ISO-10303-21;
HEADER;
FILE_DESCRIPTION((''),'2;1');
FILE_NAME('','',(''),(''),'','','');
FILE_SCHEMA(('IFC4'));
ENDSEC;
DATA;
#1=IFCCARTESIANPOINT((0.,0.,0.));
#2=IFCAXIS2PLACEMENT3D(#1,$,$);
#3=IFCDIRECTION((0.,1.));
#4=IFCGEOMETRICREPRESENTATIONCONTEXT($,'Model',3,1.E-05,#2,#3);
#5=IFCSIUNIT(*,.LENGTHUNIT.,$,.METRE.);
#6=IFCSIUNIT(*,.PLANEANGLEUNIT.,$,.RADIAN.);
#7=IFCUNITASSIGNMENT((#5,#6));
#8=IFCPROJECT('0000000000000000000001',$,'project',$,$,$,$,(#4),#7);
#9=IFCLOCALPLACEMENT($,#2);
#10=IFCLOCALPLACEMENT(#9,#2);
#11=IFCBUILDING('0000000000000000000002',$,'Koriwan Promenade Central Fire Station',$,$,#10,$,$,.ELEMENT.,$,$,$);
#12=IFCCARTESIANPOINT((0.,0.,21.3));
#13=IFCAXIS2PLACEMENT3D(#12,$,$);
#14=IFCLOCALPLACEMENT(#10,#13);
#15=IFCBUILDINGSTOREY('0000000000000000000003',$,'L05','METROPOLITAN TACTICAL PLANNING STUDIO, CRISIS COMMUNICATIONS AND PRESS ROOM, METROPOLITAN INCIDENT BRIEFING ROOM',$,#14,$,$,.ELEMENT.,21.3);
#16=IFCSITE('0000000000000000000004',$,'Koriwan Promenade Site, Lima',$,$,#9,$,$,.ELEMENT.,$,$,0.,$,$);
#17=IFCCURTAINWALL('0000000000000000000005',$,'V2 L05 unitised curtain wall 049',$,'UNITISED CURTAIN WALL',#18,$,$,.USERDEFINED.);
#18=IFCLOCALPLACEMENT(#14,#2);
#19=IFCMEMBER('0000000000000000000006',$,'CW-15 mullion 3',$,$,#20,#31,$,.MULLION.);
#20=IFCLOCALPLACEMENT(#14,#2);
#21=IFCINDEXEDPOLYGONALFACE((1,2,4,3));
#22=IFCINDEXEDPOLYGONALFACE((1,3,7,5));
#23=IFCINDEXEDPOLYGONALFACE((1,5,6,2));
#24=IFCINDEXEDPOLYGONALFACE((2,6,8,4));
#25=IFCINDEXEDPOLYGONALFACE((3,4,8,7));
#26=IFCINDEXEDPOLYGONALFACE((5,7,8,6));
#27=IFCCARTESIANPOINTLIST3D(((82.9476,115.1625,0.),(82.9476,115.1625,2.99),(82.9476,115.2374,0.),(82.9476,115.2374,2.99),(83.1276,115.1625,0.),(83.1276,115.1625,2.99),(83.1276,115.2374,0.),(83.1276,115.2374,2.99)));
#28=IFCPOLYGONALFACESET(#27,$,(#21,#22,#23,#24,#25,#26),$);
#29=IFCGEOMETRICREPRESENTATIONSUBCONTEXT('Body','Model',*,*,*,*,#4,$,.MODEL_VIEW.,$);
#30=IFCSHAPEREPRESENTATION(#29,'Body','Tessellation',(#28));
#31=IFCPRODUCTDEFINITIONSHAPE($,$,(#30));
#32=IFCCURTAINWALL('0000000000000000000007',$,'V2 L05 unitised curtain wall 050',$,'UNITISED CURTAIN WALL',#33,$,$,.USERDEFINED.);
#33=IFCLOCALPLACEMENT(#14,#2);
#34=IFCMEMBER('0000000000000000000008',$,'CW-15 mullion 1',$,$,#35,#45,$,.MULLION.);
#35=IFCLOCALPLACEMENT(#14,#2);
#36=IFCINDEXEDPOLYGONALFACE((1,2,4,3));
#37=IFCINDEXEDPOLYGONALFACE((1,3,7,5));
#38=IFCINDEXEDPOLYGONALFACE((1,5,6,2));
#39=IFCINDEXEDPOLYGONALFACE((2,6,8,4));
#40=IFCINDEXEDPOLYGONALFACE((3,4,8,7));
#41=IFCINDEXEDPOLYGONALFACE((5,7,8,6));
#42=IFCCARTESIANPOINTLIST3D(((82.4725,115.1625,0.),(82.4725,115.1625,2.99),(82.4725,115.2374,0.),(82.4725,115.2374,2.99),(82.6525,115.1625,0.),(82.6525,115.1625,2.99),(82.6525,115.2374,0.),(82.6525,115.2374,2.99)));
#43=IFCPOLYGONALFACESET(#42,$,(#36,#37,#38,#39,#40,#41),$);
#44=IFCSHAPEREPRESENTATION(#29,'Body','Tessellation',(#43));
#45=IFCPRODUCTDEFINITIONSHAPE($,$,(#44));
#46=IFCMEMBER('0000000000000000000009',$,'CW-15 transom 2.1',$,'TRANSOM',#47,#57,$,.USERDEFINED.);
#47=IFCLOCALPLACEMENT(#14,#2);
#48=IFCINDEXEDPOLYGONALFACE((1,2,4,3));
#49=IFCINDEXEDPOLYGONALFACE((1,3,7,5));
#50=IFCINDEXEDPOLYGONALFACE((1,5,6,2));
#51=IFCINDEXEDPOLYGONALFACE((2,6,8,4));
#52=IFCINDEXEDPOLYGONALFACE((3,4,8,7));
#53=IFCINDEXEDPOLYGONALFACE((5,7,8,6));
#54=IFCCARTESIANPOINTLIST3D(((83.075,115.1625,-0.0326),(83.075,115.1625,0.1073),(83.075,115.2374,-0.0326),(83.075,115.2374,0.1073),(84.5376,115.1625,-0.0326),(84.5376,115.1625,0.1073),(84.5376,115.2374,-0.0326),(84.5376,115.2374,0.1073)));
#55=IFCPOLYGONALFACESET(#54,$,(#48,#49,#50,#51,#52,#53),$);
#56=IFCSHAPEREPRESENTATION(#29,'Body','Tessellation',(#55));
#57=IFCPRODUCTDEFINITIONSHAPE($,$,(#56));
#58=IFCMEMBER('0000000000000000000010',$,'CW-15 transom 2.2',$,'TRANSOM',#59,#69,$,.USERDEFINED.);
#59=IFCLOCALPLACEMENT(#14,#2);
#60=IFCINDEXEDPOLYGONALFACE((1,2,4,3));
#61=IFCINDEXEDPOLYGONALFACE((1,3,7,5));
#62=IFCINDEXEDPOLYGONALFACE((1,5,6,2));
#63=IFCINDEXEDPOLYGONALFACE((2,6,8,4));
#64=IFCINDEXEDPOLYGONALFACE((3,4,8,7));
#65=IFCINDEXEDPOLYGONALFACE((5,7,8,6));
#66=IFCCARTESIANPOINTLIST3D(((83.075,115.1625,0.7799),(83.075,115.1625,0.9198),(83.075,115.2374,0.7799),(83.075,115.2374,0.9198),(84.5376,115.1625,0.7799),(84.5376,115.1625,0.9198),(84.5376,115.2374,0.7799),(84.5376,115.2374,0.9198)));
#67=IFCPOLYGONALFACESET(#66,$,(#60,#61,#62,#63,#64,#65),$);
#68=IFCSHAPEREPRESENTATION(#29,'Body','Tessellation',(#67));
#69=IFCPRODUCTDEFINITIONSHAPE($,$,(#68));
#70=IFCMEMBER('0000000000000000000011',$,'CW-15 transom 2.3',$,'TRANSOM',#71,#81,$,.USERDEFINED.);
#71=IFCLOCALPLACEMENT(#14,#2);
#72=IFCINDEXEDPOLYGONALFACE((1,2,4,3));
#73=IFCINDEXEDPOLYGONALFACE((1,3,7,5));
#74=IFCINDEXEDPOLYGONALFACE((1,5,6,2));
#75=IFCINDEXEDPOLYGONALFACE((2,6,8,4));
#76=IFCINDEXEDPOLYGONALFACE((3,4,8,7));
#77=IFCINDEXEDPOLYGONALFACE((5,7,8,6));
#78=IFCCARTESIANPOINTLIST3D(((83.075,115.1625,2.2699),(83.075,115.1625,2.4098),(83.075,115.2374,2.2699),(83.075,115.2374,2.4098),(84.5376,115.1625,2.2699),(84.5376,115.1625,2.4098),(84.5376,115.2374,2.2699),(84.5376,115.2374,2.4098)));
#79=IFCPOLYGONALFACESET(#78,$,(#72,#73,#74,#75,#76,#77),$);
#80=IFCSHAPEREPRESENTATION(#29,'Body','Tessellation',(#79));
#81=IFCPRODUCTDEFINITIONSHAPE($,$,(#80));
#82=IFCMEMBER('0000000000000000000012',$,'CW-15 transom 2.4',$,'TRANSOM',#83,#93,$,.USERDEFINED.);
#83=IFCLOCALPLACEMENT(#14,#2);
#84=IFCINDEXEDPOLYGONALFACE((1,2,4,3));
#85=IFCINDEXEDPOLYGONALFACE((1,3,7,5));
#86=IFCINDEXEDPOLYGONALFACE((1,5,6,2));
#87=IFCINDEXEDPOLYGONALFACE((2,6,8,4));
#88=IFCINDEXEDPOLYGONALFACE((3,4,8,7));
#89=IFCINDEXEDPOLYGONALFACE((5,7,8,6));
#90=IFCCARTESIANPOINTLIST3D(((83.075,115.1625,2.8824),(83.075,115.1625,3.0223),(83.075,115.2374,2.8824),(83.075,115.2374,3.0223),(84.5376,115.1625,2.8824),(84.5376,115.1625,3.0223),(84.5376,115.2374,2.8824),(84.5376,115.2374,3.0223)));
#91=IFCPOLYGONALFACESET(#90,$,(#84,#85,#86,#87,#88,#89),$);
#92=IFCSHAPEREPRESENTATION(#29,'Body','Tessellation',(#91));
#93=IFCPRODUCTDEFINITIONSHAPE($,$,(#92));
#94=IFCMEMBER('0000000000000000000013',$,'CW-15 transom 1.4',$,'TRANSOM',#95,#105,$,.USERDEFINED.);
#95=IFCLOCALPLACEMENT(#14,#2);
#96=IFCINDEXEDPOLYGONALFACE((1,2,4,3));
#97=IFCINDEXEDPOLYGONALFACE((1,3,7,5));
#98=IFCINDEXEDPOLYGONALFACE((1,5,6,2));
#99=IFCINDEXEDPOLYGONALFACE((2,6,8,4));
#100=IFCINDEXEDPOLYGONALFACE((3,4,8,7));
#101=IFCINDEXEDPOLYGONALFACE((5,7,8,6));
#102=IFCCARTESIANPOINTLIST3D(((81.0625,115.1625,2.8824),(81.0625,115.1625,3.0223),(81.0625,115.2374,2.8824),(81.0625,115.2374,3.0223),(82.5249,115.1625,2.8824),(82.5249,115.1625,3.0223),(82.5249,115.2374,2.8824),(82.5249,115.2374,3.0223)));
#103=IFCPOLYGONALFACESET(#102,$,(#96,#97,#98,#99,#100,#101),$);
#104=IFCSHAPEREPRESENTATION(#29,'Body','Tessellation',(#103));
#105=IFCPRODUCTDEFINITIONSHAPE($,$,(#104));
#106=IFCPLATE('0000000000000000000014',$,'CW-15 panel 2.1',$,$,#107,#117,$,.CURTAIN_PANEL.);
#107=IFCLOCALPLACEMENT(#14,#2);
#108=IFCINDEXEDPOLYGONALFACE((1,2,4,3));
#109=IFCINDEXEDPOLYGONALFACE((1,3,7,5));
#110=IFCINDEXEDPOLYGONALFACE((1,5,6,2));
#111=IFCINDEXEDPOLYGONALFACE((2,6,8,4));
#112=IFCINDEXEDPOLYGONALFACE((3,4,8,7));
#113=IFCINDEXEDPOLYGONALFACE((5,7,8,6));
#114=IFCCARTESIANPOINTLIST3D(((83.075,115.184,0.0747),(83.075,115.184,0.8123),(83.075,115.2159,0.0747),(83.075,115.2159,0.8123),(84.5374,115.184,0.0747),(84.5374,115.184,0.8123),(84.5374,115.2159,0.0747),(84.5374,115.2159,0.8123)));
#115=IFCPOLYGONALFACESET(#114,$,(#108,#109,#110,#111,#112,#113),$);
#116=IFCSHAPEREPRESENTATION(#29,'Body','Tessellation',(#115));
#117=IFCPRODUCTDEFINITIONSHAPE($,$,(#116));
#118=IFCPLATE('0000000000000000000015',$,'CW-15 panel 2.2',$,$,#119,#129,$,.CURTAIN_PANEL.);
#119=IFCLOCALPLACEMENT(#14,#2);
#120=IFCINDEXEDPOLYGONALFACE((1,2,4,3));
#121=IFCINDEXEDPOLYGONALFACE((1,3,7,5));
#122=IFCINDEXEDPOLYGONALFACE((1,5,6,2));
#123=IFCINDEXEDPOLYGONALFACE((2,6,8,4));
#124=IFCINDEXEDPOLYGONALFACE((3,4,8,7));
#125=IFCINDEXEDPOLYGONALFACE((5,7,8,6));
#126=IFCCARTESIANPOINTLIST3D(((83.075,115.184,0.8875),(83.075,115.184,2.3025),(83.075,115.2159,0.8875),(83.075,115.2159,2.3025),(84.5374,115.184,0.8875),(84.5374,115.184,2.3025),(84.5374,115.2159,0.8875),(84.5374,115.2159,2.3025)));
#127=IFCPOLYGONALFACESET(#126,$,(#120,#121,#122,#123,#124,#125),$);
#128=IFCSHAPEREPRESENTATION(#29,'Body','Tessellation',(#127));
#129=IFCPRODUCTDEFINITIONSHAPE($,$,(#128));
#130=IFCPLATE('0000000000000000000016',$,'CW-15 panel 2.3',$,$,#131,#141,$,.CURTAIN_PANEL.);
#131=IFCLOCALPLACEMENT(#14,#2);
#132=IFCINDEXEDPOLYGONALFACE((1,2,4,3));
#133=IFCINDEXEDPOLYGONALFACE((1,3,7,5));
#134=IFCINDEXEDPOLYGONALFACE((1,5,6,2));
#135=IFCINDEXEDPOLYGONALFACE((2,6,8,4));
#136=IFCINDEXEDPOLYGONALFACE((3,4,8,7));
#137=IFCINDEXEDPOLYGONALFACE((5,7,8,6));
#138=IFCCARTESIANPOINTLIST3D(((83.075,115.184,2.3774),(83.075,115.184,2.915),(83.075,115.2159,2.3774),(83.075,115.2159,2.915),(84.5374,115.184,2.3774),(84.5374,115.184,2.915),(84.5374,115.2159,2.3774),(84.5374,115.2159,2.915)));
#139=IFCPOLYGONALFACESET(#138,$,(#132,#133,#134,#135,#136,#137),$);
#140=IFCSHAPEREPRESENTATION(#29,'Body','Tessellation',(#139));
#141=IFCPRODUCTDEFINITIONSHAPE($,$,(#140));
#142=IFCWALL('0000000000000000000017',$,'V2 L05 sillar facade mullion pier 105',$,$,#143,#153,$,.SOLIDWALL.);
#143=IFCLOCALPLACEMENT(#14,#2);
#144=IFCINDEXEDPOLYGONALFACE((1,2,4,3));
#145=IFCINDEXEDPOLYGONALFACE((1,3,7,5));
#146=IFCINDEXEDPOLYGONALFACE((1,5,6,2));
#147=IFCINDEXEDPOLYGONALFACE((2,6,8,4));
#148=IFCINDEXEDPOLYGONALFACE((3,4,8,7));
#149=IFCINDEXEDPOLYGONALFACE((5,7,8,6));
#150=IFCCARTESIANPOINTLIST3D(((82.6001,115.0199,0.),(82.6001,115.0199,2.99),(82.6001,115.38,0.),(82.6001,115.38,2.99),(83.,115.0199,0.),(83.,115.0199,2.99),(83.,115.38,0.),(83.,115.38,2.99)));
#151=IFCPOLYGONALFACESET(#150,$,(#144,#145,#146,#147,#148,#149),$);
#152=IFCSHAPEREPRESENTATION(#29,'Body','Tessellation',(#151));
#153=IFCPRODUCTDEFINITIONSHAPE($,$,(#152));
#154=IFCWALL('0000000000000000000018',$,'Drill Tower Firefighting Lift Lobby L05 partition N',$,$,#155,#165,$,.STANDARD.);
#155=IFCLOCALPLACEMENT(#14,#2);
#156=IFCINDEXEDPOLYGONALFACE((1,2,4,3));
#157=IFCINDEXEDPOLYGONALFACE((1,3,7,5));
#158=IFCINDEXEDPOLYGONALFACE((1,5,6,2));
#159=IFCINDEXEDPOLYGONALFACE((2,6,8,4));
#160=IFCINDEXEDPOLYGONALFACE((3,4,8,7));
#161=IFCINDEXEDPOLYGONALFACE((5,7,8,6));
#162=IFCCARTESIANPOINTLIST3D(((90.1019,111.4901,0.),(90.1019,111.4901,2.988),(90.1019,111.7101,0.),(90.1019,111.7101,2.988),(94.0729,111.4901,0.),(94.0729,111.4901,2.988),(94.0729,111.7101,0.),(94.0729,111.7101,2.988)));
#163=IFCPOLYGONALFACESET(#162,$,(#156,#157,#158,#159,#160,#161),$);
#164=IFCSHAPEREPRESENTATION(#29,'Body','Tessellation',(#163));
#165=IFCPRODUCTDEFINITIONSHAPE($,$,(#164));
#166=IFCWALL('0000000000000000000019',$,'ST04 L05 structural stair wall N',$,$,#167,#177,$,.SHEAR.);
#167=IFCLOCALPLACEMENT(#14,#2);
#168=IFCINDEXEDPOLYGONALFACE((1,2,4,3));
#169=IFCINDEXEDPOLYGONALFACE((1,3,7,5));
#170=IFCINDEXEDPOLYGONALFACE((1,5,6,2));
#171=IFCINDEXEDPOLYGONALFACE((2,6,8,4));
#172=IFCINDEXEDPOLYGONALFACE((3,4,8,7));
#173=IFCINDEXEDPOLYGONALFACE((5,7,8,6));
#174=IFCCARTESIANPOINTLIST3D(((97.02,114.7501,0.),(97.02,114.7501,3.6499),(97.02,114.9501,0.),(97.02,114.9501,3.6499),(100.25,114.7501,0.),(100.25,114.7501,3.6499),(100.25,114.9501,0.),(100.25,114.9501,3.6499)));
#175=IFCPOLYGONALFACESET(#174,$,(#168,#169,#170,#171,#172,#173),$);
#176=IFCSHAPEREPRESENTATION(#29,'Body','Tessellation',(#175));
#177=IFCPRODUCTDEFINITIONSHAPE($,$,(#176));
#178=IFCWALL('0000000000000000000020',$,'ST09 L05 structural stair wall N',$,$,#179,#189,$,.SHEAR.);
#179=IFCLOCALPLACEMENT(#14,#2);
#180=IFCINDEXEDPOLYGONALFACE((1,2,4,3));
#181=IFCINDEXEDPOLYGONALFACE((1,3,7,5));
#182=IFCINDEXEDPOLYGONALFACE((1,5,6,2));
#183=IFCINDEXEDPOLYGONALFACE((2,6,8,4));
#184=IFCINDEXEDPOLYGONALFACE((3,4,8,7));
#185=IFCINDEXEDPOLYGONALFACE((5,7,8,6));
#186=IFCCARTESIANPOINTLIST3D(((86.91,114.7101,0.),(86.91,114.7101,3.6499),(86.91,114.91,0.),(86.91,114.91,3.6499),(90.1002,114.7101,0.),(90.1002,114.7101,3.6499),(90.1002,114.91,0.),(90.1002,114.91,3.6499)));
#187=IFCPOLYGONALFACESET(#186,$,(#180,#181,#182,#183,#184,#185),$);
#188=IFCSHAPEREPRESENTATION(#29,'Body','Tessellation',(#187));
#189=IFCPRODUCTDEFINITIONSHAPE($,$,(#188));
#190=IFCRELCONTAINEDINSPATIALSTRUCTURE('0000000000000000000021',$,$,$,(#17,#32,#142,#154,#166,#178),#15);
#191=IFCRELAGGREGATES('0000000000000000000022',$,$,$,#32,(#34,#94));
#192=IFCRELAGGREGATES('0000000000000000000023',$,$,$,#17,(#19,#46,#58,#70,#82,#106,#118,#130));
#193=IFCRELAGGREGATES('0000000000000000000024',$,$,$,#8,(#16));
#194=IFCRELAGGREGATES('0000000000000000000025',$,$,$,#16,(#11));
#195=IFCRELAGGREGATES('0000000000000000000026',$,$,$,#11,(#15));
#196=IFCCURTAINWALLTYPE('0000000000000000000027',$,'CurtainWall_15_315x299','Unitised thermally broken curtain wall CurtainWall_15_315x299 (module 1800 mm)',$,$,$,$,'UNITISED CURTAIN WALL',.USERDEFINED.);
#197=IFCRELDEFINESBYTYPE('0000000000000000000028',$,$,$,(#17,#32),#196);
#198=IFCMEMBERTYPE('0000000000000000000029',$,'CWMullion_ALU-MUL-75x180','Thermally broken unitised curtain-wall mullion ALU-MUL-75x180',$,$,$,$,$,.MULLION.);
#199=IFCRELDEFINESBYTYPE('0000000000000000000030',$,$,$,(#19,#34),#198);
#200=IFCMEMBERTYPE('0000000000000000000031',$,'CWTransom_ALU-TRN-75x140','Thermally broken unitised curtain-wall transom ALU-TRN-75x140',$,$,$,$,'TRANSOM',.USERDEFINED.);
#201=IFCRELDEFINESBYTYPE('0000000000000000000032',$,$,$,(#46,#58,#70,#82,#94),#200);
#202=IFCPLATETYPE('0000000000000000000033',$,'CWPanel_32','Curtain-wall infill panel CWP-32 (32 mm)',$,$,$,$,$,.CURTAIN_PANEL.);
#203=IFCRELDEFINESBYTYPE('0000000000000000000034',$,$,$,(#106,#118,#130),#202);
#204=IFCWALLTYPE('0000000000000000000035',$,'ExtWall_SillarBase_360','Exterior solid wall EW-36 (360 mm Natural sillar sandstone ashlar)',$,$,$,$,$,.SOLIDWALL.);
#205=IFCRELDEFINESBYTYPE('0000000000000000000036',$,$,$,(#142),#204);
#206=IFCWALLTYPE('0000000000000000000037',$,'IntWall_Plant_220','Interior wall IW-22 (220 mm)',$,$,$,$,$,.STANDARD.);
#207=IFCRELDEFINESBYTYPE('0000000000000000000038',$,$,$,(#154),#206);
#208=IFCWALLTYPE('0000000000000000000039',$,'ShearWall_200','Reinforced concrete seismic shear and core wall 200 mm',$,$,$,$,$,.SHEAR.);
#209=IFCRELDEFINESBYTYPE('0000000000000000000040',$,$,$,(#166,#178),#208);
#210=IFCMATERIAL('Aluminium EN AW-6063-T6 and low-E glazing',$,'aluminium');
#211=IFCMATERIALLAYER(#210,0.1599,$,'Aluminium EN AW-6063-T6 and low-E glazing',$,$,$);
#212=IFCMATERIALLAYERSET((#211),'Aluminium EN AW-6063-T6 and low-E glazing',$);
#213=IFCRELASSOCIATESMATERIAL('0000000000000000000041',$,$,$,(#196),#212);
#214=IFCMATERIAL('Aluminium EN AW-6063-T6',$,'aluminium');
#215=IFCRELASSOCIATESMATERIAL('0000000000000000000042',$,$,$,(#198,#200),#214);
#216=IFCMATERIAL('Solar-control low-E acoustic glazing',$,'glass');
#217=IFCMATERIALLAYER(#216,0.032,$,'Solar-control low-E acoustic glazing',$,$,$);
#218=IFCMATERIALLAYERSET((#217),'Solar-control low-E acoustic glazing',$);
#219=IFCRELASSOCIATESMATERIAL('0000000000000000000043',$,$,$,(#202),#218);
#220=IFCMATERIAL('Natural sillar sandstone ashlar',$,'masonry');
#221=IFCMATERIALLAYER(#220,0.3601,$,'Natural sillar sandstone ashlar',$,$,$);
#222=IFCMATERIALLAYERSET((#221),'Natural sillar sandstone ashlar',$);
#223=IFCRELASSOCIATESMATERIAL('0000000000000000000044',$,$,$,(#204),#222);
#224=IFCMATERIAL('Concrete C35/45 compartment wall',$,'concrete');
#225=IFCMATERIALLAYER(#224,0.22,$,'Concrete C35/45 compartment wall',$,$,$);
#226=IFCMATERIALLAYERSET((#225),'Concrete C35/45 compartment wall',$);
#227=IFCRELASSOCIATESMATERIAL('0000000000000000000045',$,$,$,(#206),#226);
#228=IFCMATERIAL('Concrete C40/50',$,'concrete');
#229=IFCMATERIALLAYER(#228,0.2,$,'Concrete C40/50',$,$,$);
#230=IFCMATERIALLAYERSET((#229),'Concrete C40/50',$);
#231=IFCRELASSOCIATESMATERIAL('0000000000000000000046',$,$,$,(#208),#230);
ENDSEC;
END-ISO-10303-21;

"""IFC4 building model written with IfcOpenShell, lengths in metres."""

from ifc_helpers import new_model, si_unit, direction, frame, frame_2d, origin, origin_2d, place, context, subcontext, project, spatial, rectangle, extrude, material, layer, layer_set, material_profile, profile_set, type_object, element, aggregate, save


model = new_model("IFC4")

# Units and contexts
model_context = context("Model", 3, precision=1e-05, world=origin(), true_north=direction((0.0, 1.0)))
body_context = subcontext(model_context, "Body", "Model", "MODEL_VIEW")
ifc_project = project(units=[si_unit("LENGTHUNIT", "METRE"), si_unit("PLANEANGLEUNIT", "RADIAN")], contexts=[model_context])

# Site, building, storey
site_placement = place(None, origin())
site = spatial("IfcSite", under=ifc_project, at=site_placement, Name="Koriwan Promenade Site, Lima", CompositionType="ELEMENT", RefElevation=0.0)
building_placement = place(site_placement, origin())
building = spatial("IfcBuilding", under=site, at=building_placement, Name="Koriwan Promenade Central Fire Station", CompositionType="ELEMENT")
storey_placement = place(building_placement, frame((0.0, 0.0, 21.3)))
storey = spatial("IfcBuildingStorey", under=building, at=storey_placement, Name="L05", Description="METROPOLITAN TACTICAL PLANNING STUDIO, CRISIS COMMUNICATIONS AND PRESS ROOM, METROPOLITAN INCIDENT BRIEFING ROOM", CompositionType="ELEMENT", Elevation=21.3)

# Curtain walls, members
ifc_material_1 = material(Name="Aluminium EN AW-6063-T6 and low-E glazing", Category="aluminium")
ifc_layer_1 = layer(ifc_material_1, 0.1599, Name="Aluminium EN AW-6063-T6 and low-E glazing")
ifc_layer_set_1 = layer_set([ifc_layer_1], Name="Aluminium EN AW-6063-T6 and low-E glazing")
curtain_wall_type = type_object("IfcCurtainWallType", Name="CurtainWall_15_315x299", Description="Unitised thermally broken curtain wall CurtainWall_15_315x299 (module 1800 mm)", ElementType="UNITISED CURTAIN WALL", PredefinedType="USERDEFINED", material=ifc_layer_set_1)
curtain_wall_1_placement = place(storey_placement, origin())
curtain_wall_1 = element("IfcCurtainWall", 1, at=curtain_wall_1_placement, inside=storey, type_object=curtain_wall_type, Name="V2 L05 unitised curtain wall 049", ObjectType="UNITISED CURTAIN WALL", PredefinedType="USERDEFINED")
ifc_material_2 = material(Name="Aluminium EN AW-6063-T6", Category="aluminium")
ifc_material_profile_1 = material_profile(ifc_material_2, rectangle(XDim=0.075, YDim=0.1799, at=origin_2d()), Name="ALU-MUL-75x180")
ifc_profile_set_1 = profile_set([ifc_material_profile_1], Name="Aluminium EN AW-6063-T6")
member_type_1 = type_object("IfcMemberType", Name="CWMullion_ALU-MUL-75x180", Description="Thermally broken unitised curtain-wall mullion ALU-MUL-75x180", PredefinedType="MULLION", material=ifc_profile_set_1)
member_1_placement = place(storey_placement, frame((83.0376, 115.2, 0.0), z_axis=(0.0, 0.0, 1.0), x_axis=(0.0, -1.0, 0.0)))
member_1 = element("IfcMember", 2, at=member_1_placement, type_object=member_type_1, Name="CW-15 mullion 3", PredefinedType="MULLION", context=body_context, shape_type="SweptSolid", body=[
    extrude(rectangle(XDim=0.075, YDim=0.1799, at=origin_2d()), origin(), (0.0, 0.0, 1.0), 2.99),
])
curtain_wall_2_placement = place(storey_placement, origin())
curtain_wall_2 = element("IfcCurtainWall", 3, at=curtain_wall_2_placement, inside=storey, type_object=curtain_wall_type, Name="V2 L05 unitised curtain wall 050", ObjectType="UNITISED CURTAIN WALL", PredefinedType="USERDEFINED")
member_2_placement = place(storey_placement, frame((82.5625, 115.2, 0.0), z_axis=(0.0, 0.0, 1.0), x_axis=(0.0, -1.0, 0.0)))
member_2 = element("IfcMember", 4, at=member_2_placement, type_object=member_type_1, Name="CW-15 mullion 1", PredefinedType="MULLION", context=body_context, shape_type="SweptSolid", body=[
    extrude(rectangle(XDim=0.075, YDim=0.1799, at=origin_2d()), origin(), (0.0, 0.0, 1.0), 2.99),
])

# Members
ifc_material_profile_2 = material_profile(ifc_material_2, rectangle(XDim=0.075, YDim=0.1399, at=origin_2d()), Name="ALU-TRN-75x140")
ifc_profile_set_2 = profile_set([ifc_material_profile_2], Name="Aluminium EN AW-6063-T6")
member_type_2 = type_object("IfcMemberType", Name="CWTransom_ALU-TRN-75x140", Description="Thermally broken unitised curtain-wall transom ALU-TRN-75x140", ElementType="TRANSOM", PredefinedType="USERDEFINED", material=ifc_profile_set_2)
member_3_placement = place(storey_placement, frame((84.5376, 115.2, 0.0374), z_axis=(-1.0, 0.0, 0.0), x_axis=(0.0, -1.0, 0.0)))
member_3 = element("IfcMember", 5, at=member_3_placement, type_object=member_type_2, Name="CW-15 transom 2.1", ObjectType="TRANSOM", PredefinedType="USERDEFINED", context=body_context, shape_type="SweptSolid", body=[
    extrude(rectangle(XDim=0.075, YDim=0.1399, at=origin_2d()), origin(), (0.0, 0.0, 1.0), 1.4626),
])
member_4_placement = place(storey_placement, frame((84.5376, 115.2, 0.8499), z_axis=(-1.0, 0.0, 0.0), x_axis=(0.0, -1.0, 0.0)))
member_4 = element("IfcMember", 6, at=member_4_placement, type_object=member_type_2, Name="CW-15 transom 2.2", ObjectType="TRANSOM", PredefinedType="USERDEFINED", context=body_context, shape_type="SweptSolid", body=[
    extrude(rectangle(XDim=0.075, YDim=0.1399, at=origin_2d()), origin(), (0.0, 0.0, 1.0), 1.4626),
])
member_5_placement = place(storey_placement, frame((84.5376, 115.2, 2.3398), z_axis=(-1.0, 0.0, 0.0), x_axis=(0.0, -1.0, 0.0)))
member_5 = element("IfcMember", 7, at=member_5_placement, type_object=member_type_2, Name="CW-15 transom 2.3", ObjectType="TRANSOM", PredefinedType="USERDEFINED", context=body_context, shape_type="SweptSolid", body=[
    extrude(rectangle(XDim=0.075, YDim=0.1399, at=origin_2d()), origin(), (0.0, 0.0, 1.0), 1.4626),
])
member_6_placement = place(storey_placement, frame((84.5376, 115.2, 2.9524), z_axis=(-1.0, 0.0, 0.0), x_axis=(0.0, -1.0, 0.0)))
member_6 = element("IfcMember", 8, at=member_6_placement, type_object=member_type_2, Name="CW-15 transom 2.4", ObjectType="TRANSOM", PredefinedType="USERDEFINED", context=body_context, shape_type="SweptSolid", body=[
    extrude(rectangle(XDim=0.075, YDim=0.1399, at=origin_2d()), origin(), (0.0, 0.0, 1.0), 1.4626),
])
member_7_placement = place(storey_placement, frame((82.5249, 115.2, 2.9524), z_axis=(-1.0, 0.0, 0.0), x_axis=(0.0, -1.0, 0.0)))
member_7 = element("IfcMember", 9, at=member_7_placement, type_object=member_type_2, Name="CW-15 transom 1.4", ObjectType="TRANSOM", PredefinedType="USERDEFINED", context=body_context, shape_type="SweptSolid", body=[
    extrude(rectangle(XDim=0.075, YDim=0.1399, at=origin_2d()), origin(), (0.0, 0.0, 1.0), 1.4624),
])
aggregate(curtain_wall_2, [member_2, member_7])

# Plates
ifc_material_3 = material(Name="Solar-control low-E acoustic glazing", Category="glass")
ifc_layer_2 = layer(ifc_material_3, 0.032, Name="Solar-control low-E acoustic glazing")
ifc_layer_set_2 = layer_set([ifc_layer_2], Name="Solar-control low-E acoustic glazing")
plate_type = type_object("IfcPlateType", Name="CWPanel_32", Description="Curtain-wall infill panel CWP-32 (32 mm)", PredefinedType="CURTAIN_PANEL", material=ifc_layer_set_2)
plate_1_placement = place(storey_placement, frame((83.8062, 115.2, 0.0747), z_axis=(0.0, 0.0, 1.0), x_axis=(-1.0, 0.0, 0.0)))
plate_1 = element("IfcPlate", 10, at=plate_1_placement, type_object=plate_type, Name="CW-15 panel 2.1", PredefinedType="CURTAIN_PANEL", context=body_context, shape_type="SweptSolid", body=[
    extrude(rectangle(XDim=1.4624, YDim=0.032, at=origin_2d()), origin(), (0.0, 0.0, 1.0), 0.7375),
])
plate_2_placement = place(storey_placement, frame((83.8062, 115.2, 0.8875), z_axis=(0.0, 0.0, 1.0), x_axis=(-1.0, 0.0, 0.0)))
plate_2 = element("IfcPlate", 11, at=plate_2_placement, type_object=plate_type, Name="CW-15 panel 2.2", PredefinedType="CURTAIN_PANEL", context=body_context, shape_type="SweptSolid", body=[
    extrude(rectangle(XDim=1.4624, YDim=0.032, at=origin_2d()), origin(), (0.0, 0.0, 1.0), 1.415),
])
plate_3_placement = place(storey_placement, frame((83.8062, 115.2, 2.3774), z_axis=(0.0, 0.0, 1.0), x_axis=(-1.0, 0.0, 0.0)))
plate_3 = element("IfcPlate", 12, at=plate_3_placement, type_object=plate_type, Name="CW-15 panel 2.3", PredefinedType="CURTAIN_PANEL", context=body_context, shape_type="SweptSolid", body=[
    extrude(rectangle(XDim=1.4624, YDim=0.032, at=origin_2d()), origin(), (0.0, 0.0, 1.0), 0.5376),
])
aggregate(curtain_wall_1, [member_1, member_3, member_4, member_5, member_6, plate_1, plate_2, plate_3])

# Walls
ifc_material_4 = material(Name="Natural sillar sandstone ashlar", Category="masonry")
ifc_layer_3 = layer(ifc_material_4, 0.3601, Name="Natural sillar sandstone ashlar")
ifc_layer_set_3 = layer_set([ifc_layer_3], Name="Natural sillar sandstone ashlar")
wall_type_1 = type_object("IfcWallType", Name="ExtWall_SillarBase_360", Description="Exterior solid wall EW-36 (360 mm Natural sillar sandstone ashlar)", PredefinedType="SOLIDWALL", material=ifc_layer_set_3)
wall_1_placement = place(storey_placement, frame((83.0, 115.2, 0.0), z_axis=(0.0, 0.0, 1.0), x_axis=(-1.0, 0.0, 0.0)))
element("IfcWall", 13, at=wall_1_placement, inside=storey, type_object=wall_type_1, Name="V2 L05 sillar facade mullion pier 105", PredefinedType="SOLIDWALL", context=body_context, shape_type="SweptSolid", body=[
    extrude(rectangle(XDim=0.3999, YDim=0.3601, at=frame_2d((0.2, 0.0))), origin(), (0.0, 0.0, 1.0), 2.99),
])
ifc_material_5 = material(Name="Concrete C35/45 compartment wall", Category="concrete")
ifc_layer_4 = layer(ifc_material_5, 0.22, Name="Concrete C35/45 compartment wall")
ifc_layer_set_4 = layer_set([ifc_layer_4], Name="Concrete C35/45 compartment wall")
wall_type_2 = type_object("IfcWallType", Name="IntWall_Plant_220", Description="Interior wall IW-22 (220 mm)", PredefinedType="STANDARD", material=ifc_layer_set_4)
wall_2_placement = place(storey_placement, frame((90.1021, 111.6001, 0.0), z_axis=(0.0, 0.0, 1.0), x_axis=(1.0, 0.0, 0.0)))
element("IfcWall", 14, at=wall_2_placement, inside=storey, type_object=wall_type_2, Name="Drill Tower Firefighting Lift Lobby L05 partition N", PredefinedType="STANDARD", context=body_context, shape_type="SweptSolid", body=[
    extrude(rectangle(XDim=3.9709, YDim=0.22, at=frame_2d((1.9854, 0.0))), origin(), (0.0, 0.0, 1.0), 2.988),
])
ifc_material_6 = material(Name="Concrete C40/50", Category="concrete")
ifc_layer_5 = layer(ifc_material_6, 0.2, Name="Concrete C40/50")
ifc_layer_set_5 = layer_set([ifc_layer_5], Name="Concrete C40/50")
wall_type_3 = type_object("IfcWallType", Name="ShearWall_200", Description="Reinforced concrete seismic shear and core wall 200 mm", PredefinedType="SHEAR", material=ifc_layer_set_5)
wall_3_placement = place(storey_placement, frame((97.02, 114.8501, 0.0), z_axis=(0.0, 0.0, 1.0), x_axis=(1.0, 0.0, 0.0)))
element("IfcWall", 15, at=wall_3_placement, inside=storey, type_object=wall_type_3, Name="ST04 L05 structural stair wall N", PredefinedType="SHEAR", context=body_context, shape_type="SweptSolid", body=[
    extrude(rectangle(XDim=3.23, YDim=0.2, at=frame_2d((1.615, 0.0))), origin(), (0.0, 0.0, 1.0), 3.6499),
])
wall_4_placement = place(storey_placement, frame((86.9099, 114.8101, 0.0), z_axis=(0.0, 0.0, 1.0), x_axis=(1.0, 0.0, 0.0)))
element("IfcWall", 16, at=wall_4_placement, inside=storey, type_object=wall_type_3, Name="ST09 L05 structural stair wall N", PredefinedType="SHEAR", context=body_context, shape_type="SweptSolid", body=[
    extrude(rectangle(XDim=3.1902, YDim=0.2, at=frame_2d((1.5952, 0.0))), origin(), (0.0, 0.0, 1.0), 3.6499),
])

save(model, "model.ifc")
